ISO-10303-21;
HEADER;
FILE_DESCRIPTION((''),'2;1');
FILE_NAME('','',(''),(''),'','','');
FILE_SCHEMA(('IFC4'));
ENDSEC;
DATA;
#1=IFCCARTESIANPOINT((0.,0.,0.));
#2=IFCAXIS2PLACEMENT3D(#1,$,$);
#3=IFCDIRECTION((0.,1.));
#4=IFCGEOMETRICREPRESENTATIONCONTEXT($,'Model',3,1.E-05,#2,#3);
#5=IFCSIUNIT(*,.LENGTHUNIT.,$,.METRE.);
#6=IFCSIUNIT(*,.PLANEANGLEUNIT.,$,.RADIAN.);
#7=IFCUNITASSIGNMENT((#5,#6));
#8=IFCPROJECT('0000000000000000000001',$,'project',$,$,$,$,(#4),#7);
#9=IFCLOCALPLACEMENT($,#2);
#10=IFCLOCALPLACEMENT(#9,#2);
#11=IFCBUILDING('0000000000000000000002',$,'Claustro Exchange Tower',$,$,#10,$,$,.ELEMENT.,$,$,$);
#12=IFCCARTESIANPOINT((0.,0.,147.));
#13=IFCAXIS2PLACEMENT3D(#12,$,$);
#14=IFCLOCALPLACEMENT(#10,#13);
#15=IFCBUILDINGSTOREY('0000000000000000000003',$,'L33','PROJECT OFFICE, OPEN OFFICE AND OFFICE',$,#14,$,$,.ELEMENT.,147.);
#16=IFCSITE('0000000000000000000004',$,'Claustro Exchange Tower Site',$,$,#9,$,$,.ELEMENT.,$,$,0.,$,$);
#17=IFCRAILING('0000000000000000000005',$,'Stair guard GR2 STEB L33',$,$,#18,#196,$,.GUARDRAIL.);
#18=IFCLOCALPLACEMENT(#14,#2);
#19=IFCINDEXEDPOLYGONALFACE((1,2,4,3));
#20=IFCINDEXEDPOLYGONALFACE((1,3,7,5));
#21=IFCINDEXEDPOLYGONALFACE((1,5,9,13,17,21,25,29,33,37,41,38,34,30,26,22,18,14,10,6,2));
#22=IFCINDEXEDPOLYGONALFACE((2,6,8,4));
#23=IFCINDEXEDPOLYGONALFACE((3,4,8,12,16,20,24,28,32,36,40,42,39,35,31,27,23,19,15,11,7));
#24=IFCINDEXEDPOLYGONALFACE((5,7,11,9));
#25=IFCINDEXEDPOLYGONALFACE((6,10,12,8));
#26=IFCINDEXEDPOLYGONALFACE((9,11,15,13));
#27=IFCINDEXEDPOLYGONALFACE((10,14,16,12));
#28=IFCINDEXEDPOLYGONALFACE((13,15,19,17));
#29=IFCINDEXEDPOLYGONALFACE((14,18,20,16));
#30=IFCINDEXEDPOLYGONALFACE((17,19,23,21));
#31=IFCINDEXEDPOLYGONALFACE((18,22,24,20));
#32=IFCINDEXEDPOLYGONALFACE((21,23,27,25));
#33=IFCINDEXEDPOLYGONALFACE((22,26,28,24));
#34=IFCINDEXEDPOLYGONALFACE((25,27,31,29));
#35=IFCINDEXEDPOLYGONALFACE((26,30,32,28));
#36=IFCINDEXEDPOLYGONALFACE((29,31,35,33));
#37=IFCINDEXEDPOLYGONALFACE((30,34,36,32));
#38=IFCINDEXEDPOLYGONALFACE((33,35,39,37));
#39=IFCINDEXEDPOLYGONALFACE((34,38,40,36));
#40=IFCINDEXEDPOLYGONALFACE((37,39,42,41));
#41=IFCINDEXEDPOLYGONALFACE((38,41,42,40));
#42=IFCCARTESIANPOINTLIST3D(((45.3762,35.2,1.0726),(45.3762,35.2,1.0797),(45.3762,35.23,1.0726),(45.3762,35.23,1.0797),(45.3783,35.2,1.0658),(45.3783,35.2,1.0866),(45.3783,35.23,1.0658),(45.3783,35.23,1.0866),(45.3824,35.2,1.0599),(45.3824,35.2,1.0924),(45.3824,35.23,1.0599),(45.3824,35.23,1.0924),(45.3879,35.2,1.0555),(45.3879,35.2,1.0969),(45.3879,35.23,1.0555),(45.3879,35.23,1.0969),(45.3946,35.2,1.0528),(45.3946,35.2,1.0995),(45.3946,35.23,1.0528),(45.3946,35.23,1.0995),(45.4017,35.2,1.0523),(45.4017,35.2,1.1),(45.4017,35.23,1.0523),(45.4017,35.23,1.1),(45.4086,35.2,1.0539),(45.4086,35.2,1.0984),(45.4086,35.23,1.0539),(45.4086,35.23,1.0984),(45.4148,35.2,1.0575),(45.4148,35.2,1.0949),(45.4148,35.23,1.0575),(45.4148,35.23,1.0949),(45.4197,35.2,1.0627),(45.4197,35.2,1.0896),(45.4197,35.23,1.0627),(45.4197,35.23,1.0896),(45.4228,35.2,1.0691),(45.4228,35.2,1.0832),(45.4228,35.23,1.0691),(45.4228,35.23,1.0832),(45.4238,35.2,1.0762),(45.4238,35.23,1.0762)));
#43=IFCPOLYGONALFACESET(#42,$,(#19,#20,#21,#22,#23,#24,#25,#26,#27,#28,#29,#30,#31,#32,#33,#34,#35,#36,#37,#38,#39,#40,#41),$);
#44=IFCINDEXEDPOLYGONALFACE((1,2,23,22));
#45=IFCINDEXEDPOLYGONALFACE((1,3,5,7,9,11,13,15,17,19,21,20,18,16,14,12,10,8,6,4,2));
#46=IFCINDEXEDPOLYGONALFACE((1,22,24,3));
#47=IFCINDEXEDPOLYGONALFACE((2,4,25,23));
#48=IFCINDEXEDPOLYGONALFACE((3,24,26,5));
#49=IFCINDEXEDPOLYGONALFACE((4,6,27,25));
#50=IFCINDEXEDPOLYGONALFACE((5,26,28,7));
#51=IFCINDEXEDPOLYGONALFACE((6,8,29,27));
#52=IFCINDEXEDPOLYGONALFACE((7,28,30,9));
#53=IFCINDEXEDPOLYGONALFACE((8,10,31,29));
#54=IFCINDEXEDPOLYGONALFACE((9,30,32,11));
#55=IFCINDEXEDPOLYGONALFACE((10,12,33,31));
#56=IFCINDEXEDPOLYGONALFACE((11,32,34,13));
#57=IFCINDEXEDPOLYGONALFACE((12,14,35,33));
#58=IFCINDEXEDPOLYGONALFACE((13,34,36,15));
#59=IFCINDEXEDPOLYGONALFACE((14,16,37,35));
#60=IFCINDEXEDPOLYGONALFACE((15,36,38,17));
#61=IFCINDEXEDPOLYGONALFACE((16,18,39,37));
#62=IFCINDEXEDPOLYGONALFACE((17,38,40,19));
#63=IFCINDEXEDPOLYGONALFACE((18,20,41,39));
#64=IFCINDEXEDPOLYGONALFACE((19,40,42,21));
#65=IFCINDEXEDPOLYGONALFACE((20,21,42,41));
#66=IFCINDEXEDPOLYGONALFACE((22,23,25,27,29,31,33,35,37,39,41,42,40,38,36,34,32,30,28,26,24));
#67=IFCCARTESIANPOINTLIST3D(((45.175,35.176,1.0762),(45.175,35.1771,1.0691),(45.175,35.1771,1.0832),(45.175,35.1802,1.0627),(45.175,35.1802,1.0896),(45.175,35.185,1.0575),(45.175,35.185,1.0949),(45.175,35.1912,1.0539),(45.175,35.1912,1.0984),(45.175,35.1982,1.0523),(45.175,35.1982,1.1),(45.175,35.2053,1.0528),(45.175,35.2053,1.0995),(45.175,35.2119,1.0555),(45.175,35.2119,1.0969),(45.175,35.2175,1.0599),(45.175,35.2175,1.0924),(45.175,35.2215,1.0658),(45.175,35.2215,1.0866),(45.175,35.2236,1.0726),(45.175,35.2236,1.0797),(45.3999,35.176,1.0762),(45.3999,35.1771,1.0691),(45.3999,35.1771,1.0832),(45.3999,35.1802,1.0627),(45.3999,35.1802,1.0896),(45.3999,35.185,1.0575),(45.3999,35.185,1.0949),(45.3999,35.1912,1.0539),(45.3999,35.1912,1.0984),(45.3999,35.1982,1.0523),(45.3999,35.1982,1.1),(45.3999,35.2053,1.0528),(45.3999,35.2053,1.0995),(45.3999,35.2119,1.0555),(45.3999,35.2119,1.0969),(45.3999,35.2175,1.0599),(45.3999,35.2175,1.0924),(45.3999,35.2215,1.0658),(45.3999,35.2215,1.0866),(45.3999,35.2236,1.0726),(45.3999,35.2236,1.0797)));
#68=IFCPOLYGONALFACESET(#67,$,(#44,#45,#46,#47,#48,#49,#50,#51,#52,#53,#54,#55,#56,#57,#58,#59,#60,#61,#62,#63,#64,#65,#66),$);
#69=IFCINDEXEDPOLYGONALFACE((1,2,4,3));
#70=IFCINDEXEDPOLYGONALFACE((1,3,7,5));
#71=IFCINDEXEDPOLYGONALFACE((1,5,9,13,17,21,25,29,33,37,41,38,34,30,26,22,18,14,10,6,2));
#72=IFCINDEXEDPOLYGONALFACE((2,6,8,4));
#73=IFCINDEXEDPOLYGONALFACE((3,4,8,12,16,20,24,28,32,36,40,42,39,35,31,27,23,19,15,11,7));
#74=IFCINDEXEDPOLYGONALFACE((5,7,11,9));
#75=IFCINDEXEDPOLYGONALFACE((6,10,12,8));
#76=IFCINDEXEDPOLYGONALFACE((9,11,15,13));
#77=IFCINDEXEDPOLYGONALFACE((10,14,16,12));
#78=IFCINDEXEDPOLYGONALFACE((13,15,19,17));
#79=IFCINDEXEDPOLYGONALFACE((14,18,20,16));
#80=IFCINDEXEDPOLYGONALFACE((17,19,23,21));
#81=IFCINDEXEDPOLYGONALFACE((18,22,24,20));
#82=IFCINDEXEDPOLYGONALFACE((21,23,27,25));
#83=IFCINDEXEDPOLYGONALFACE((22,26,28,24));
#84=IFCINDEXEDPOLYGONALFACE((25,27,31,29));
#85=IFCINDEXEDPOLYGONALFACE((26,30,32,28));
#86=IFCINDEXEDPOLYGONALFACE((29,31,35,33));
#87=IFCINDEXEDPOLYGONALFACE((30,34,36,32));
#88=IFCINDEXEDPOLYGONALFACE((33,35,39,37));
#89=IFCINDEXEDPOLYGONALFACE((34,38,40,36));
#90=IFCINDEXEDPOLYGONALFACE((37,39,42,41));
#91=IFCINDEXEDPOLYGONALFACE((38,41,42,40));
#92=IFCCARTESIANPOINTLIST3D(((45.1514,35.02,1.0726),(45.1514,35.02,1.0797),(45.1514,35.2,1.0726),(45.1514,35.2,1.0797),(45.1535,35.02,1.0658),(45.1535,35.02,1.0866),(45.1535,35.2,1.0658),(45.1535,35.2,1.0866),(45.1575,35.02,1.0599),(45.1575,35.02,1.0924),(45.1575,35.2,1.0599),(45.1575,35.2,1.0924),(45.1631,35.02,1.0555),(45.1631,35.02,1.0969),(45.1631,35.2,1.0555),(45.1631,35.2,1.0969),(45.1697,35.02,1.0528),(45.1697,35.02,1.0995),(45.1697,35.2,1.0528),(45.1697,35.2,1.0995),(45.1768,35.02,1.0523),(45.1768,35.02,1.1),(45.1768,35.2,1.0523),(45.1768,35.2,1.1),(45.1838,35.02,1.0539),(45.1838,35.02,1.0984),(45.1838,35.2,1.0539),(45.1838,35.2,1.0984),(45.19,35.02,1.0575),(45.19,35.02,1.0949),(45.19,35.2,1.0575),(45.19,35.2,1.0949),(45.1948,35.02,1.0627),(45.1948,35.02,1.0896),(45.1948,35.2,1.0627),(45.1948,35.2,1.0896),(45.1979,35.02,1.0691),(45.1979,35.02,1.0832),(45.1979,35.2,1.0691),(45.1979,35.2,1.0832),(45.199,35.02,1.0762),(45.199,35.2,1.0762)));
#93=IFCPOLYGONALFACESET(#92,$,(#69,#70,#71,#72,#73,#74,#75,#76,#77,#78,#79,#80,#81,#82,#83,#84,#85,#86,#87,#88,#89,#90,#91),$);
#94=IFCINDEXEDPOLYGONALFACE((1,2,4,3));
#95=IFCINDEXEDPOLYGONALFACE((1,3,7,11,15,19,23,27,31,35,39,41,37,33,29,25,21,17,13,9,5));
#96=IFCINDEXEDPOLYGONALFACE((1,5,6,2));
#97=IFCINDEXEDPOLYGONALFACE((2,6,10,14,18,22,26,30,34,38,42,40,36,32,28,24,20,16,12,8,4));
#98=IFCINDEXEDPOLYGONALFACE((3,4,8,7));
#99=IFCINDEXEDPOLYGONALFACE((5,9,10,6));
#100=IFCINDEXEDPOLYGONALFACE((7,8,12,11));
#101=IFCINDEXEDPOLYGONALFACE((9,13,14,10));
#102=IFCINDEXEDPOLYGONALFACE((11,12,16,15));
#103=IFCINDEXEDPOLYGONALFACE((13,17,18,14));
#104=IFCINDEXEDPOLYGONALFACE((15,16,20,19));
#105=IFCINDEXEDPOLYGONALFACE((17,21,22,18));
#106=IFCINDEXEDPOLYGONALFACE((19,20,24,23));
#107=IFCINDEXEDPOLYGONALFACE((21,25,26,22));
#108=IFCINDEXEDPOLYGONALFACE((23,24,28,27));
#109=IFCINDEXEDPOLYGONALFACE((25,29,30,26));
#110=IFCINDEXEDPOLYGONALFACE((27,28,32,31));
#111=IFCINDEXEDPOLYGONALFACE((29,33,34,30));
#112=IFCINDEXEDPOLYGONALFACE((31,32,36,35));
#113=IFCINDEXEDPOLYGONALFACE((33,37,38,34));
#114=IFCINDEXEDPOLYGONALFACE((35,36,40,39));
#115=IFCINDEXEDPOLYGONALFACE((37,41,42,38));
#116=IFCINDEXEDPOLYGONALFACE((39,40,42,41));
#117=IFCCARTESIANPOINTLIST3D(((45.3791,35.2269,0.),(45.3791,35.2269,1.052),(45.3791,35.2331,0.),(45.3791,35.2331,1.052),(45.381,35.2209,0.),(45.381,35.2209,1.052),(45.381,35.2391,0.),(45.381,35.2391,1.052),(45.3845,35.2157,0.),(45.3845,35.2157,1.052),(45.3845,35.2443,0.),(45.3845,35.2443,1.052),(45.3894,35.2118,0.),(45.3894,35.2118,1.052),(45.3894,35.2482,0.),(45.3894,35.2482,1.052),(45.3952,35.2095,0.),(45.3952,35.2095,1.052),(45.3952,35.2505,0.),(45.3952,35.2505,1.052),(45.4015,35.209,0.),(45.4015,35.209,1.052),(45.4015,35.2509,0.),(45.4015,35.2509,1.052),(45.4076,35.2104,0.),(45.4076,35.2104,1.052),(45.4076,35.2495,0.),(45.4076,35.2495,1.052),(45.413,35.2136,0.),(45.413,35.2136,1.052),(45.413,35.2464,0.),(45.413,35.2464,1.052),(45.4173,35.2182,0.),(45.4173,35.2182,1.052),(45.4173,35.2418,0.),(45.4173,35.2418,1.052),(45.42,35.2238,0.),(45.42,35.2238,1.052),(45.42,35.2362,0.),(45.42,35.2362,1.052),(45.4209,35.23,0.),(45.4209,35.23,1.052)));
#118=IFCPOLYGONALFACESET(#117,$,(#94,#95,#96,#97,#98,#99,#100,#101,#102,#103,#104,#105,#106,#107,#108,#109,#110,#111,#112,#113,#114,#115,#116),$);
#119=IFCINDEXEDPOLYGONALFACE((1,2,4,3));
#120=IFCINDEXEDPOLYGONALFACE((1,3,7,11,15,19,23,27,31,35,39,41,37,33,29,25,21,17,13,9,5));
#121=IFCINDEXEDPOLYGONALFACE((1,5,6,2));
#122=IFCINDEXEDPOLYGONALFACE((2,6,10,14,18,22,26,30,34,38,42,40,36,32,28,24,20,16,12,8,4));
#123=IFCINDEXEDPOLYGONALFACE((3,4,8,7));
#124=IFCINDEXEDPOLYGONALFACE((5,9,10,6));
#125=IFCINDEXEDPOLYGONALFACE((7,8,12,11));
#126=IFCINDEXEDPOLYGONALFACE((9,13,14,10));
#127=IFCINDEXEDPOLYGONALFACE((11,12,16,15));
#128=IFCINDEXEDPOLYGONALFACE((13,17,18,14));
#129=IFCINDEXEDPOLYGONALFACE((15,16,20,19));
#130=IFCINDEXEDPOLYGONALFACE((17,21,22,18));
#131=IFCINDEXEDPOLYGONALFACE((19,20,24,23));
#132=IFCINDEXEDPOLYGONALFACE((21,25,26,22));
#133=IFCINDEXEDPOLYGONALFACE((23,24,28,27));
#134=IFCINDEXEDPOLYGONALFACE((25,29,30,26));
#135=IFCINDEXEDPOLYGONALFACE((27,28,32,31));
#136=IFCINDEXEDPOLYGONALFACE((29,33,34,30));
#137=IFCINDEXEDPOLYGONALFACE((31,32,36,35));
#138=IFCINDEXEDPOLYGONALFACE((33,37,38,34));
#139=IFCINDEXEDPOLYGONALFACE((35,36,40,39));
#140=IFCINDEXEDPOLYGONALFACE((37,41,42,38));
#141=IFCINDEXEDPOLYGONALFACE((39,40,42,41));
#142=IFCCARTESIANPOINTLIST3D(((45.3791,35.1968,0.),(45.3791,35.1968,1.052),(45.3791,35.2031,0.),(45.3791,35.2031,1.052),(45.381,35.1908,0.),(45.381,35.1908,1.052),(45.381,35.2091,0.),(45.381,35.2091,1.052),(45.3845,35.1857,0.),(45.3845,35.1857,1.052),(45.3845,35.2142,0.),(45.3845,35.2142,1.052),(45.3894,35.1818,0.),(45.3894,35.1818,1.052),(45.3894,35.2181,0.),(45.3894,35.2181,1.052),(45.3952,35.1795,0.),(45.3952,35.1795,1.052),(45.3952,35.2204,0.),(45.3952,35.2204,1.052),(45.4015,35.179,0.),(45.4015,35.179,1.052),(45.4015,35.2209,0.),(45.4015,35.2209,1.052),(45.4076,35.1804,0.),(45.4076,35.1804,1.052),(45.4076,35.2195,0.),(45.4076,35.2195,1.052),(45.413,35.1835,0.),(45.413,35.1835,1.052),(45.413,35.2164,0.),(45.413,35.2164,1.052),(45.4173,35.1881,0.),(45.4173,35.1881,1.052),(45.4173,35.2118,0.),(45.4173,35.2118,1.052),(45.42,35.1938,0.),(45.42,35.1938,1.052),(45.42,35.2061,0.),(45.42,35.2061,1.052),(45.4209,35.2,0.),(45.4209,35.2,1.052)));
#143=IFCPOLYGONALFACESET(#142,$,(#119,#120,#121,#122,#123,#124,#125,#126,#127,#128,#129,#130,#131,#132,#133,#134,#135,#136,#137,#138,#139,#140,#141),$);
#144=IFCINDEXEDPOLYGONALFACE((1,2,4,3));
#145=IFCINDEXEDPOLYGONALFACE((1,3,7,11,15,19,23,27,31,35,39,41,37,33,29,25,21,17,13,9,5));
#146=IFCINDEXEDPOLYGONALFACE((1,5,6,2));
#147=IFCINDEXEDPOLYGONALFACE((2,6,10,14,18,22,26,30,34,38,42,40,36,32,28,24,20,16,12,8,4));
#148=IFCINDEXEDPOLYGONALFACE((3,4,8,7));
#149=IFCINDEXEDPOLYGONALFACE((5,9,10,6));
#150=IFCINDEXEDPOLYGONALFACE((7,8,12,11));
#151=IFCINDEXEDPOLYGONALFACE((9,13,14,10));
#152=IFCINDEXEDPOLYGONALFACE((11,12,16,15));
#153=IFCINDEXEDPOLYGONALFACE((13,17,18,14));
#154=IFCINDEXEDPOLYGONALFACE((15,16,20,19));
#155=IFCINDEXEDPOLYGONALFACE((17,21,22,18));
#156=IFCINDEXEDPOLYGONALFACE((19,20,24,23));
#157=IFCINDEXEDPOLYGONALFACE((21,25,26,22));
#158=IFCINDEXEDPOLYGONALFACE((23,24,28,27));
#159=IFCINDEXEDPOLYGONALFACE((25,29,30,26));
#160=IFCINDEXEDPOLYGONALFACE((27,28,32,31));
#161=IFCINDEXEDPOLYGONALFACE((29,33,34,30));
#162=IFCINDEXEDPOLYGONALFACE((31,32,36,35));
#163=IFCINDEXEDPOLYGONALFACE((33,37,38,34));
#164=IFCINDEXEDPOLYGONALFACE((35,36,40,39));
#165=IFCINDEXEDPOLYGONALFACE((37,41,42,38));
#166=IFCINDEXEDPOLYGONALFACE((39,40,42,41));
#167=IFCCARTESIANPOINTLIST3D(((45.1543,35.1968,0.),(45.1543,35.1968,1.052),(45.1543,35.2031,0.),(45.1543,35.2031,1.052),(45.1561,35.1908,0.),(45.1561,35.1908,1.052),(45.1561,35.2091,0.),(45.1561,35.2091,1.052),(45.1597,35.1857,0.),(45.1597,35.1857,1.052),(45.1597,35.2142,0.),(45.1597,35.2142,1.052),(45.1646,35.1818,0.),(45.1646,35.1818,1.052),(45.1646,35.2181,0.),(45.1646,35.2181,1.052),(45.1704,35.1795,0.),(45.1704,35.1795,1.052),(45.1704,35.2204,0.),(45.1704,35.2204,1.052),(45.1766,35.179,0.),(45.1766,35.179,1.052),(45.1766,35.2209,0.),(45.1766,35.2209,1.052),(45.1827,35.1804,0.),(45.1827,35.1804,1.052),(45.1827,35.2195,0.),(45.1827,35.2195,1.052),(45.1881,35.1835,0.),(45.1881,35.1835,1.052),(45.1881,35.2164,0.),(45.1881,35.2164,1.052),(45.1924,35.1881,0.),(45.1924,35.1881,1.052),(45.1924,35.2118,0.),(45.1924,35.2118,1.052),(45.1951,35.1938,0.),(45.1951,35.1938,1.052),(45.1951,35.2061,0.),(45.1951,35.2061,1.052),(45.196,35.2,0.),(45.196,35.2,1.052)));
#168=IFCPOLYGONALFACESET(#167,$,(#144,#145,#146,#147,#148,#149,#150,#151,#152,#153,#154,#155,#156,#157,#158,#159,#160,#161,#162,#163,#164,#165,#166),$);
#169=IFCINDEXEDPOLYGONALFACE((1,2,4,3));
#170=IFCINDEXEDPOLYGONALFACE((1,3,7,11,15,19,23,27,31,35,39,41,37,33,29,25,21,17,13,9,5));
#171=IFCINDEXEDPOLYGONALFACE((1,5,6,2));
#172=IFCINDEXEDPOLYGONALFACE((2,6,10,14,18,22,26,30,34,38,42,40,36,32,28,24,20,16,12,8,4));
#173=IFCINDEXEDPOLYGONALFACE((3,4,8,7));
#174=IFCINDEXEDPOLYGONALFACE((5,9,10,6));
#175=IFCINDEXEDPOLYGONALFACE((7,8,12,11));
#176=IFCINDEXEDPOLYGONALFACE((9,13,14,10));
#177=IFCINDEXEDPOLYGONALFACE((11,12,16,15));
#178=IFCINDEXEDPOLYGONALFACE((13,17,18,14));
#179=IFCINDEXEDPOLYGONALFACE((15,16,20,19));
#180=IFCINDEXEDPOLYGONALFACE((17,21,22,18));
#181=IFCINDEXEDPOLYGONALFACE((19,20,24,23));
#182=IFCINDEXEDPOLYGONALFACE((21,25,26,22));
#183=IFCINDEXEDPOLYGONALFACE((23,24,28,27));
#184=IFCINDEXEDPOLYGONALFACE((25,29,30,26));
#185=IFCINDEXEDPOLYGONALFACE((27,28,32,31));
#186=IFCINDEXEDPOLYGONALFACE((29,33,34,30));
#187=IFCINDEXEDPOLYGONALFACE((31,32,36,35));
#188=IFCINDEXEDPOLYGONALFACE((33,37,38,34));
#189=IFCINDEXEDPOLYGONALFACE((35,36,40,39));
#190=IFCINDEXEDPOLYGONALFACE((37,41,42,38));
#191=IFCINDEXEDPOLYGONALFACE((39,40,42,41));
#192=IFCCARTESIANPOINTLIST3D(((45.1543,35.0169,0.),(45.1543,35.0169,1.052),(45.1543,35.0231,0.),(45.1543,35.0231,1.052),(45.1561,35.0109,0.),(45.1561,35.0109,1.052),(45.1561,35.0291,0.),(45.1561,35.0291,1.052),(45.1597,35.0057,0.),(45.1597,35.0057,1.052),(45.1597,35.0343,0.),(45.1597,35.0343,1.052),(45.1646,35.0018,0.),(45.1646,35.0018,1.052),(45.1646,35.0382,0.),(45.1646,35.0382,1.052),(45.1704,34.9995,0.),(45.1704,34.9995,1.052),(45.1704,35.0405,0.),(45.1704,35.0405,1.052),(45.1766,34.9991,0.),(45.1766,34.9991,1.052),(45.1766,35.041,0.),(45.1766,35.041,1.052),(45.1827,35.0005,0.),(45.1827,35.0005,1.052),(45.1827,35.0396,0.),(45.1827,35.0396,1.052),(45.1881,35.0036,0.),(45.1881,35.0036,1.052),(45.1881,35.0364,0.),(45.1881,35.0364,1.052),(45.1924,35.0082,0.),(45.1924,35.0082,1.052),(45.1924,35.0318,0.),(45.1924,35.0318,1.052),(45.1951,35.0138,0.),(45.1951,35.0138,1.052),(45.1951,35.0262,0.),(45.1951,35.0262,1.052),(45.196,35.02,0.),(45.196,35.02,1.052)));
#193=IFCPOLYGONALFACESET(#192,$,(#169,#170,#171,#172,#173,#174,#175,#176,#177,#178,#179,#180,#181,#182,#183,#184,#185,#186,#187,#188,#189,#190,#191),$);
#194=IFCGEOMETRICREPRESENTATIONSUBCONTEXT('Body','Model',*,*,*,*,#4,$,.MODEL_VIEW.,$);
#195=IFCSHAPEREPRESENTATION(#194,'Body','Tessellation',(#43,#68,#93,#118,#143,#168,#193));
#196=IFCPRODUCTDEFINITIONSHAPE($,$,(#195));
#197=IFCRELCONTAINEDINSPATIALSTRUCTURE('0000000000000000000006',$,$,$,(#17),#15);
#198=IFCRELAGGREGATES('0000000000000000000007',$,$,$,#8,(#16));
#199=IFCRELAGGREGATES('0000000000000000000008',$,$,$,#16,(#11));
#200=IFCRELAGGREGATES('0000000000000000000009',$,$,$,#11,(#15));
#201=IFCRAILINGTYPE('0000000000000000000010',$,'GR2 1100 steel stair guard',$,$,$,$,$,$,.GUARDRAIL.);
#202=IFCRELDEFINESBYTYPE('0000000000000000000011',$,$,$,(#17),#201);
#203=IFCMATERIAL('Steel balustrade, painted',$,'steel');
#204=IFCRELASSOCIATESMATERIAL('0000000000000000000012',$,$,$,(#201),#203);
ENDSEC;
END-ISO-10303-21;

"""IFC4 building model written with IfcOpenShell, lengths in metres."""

from ifc_helpers import new_model, si_unit, direction, frame, origin, origin_2d, place, context, subcontext, project, spatial, circle, extrude, material, type_object, element, save


model = new_model("IFC4")

# Units and contexts
model_context = context("Model", 3, precision=1e-05, world=origin(), true_north=direction((0.0, 1.0)))
body_context = subcontext(model_context, "Body", "Model", "MODEL_VIEW")
ifc_project = project(units=[si_unit("LENGTHUNIT", "METRE"), si_unit("PLANEANGLEUNIT", "RADIAN")], contexts=[model_context])

# Site, building, storey
site_placement = place(None, origin())
site = spatial("IfcSite", under=ifc_project, at=site_placement, Name="Claustro Exchange Tower Site", CompositionType="ELEMENT", RefElevation=0.0)
building_placement = place(site_placement, origin())
building = spatial("IfcBuilding", under=site, at=building_placement, Name="Claustro Exchange Tower", CompositionType="ELEMENT")
storey_placement = place(building_placement, frame((0.0, 0.0, 147.0)))
storey = spatial("IfcBuildingStorey", under=building, at=storey_placement, Name="L33", Description="PROJECT OFFICE, OPEN OFFICE AND OFFICE", CompositionType="ELEMENT", Elevation=147.0)

# Railing
ifc_material_1 = material(Name="Steel balustrade, painted", Category="steel")
railing_type_1 = type_object("IfcRailingType", Name="GR2 1100 steel stair guard", PredefinedType="GUARDRAIL", material=ifc_material_1)
railing_1_placement = place(storey_placement, frame((45.3999, 35.23, 0.0)))
element("IfcRailing", 1, at=railing_1_placement, inside=storey, type_object=railing_type_1, Name="Stair guard GR2 STEB L33", PredefinedType="GUARDRAIL", context=body_context, shape_type="SweptSolid", body=[
    extrude(circle(Radius=0.0239, at=origin_2d()), frame((0.0, 0.0, 1.0762), z_axis=(0.0, -1.0, 0.0), x_axis=(1.0, 0.0, 0.0)), (0.0, 0.0, 1.0), 0.03),
    extrude(circle(Radius=0.0239, at=origin_2d()), frame((0.0, -0.03, 1.0762), z_axis=(-1.0, 0.0, 0.0), x_axis=(0.0, -1.0, 0.0)), (0.0, 0.0, 1.0), 0.2249),
    extrude(circle(Radius=0.0239, at=origin_2d()), frame((-0.2249, -0.03, 1.0762), z_axis=(0.0, -1.0, 0.0), x_axis=(1.0, 0.0, 0.0)), (0.0, 0.0, 1.0), 0.1799),
    extrude(circle(Radius=0.021, at=origin_2d()), origin(), (0.0, 0.0, 1.0), 1.052),
    extrude(circle(Radius=0.021, at=origin_2d()), frame((0.0, -0.03, 0.0)), (0.0, 0.0, 1.0), 1.052),
    extrude(circle(Radius=0.021, at=origin_2d()), frame((-0.2249, -0.03, 0.0)), (0.0, 0.0, 1.0), 1.052),
    extrude(circle(Radius=0.021, at=origin_2d()), frame((-0.2249, -0.21, 0.0)), (0.0, 0.0, 1.0), 1.052),
])

save(model, "model.ifc")
